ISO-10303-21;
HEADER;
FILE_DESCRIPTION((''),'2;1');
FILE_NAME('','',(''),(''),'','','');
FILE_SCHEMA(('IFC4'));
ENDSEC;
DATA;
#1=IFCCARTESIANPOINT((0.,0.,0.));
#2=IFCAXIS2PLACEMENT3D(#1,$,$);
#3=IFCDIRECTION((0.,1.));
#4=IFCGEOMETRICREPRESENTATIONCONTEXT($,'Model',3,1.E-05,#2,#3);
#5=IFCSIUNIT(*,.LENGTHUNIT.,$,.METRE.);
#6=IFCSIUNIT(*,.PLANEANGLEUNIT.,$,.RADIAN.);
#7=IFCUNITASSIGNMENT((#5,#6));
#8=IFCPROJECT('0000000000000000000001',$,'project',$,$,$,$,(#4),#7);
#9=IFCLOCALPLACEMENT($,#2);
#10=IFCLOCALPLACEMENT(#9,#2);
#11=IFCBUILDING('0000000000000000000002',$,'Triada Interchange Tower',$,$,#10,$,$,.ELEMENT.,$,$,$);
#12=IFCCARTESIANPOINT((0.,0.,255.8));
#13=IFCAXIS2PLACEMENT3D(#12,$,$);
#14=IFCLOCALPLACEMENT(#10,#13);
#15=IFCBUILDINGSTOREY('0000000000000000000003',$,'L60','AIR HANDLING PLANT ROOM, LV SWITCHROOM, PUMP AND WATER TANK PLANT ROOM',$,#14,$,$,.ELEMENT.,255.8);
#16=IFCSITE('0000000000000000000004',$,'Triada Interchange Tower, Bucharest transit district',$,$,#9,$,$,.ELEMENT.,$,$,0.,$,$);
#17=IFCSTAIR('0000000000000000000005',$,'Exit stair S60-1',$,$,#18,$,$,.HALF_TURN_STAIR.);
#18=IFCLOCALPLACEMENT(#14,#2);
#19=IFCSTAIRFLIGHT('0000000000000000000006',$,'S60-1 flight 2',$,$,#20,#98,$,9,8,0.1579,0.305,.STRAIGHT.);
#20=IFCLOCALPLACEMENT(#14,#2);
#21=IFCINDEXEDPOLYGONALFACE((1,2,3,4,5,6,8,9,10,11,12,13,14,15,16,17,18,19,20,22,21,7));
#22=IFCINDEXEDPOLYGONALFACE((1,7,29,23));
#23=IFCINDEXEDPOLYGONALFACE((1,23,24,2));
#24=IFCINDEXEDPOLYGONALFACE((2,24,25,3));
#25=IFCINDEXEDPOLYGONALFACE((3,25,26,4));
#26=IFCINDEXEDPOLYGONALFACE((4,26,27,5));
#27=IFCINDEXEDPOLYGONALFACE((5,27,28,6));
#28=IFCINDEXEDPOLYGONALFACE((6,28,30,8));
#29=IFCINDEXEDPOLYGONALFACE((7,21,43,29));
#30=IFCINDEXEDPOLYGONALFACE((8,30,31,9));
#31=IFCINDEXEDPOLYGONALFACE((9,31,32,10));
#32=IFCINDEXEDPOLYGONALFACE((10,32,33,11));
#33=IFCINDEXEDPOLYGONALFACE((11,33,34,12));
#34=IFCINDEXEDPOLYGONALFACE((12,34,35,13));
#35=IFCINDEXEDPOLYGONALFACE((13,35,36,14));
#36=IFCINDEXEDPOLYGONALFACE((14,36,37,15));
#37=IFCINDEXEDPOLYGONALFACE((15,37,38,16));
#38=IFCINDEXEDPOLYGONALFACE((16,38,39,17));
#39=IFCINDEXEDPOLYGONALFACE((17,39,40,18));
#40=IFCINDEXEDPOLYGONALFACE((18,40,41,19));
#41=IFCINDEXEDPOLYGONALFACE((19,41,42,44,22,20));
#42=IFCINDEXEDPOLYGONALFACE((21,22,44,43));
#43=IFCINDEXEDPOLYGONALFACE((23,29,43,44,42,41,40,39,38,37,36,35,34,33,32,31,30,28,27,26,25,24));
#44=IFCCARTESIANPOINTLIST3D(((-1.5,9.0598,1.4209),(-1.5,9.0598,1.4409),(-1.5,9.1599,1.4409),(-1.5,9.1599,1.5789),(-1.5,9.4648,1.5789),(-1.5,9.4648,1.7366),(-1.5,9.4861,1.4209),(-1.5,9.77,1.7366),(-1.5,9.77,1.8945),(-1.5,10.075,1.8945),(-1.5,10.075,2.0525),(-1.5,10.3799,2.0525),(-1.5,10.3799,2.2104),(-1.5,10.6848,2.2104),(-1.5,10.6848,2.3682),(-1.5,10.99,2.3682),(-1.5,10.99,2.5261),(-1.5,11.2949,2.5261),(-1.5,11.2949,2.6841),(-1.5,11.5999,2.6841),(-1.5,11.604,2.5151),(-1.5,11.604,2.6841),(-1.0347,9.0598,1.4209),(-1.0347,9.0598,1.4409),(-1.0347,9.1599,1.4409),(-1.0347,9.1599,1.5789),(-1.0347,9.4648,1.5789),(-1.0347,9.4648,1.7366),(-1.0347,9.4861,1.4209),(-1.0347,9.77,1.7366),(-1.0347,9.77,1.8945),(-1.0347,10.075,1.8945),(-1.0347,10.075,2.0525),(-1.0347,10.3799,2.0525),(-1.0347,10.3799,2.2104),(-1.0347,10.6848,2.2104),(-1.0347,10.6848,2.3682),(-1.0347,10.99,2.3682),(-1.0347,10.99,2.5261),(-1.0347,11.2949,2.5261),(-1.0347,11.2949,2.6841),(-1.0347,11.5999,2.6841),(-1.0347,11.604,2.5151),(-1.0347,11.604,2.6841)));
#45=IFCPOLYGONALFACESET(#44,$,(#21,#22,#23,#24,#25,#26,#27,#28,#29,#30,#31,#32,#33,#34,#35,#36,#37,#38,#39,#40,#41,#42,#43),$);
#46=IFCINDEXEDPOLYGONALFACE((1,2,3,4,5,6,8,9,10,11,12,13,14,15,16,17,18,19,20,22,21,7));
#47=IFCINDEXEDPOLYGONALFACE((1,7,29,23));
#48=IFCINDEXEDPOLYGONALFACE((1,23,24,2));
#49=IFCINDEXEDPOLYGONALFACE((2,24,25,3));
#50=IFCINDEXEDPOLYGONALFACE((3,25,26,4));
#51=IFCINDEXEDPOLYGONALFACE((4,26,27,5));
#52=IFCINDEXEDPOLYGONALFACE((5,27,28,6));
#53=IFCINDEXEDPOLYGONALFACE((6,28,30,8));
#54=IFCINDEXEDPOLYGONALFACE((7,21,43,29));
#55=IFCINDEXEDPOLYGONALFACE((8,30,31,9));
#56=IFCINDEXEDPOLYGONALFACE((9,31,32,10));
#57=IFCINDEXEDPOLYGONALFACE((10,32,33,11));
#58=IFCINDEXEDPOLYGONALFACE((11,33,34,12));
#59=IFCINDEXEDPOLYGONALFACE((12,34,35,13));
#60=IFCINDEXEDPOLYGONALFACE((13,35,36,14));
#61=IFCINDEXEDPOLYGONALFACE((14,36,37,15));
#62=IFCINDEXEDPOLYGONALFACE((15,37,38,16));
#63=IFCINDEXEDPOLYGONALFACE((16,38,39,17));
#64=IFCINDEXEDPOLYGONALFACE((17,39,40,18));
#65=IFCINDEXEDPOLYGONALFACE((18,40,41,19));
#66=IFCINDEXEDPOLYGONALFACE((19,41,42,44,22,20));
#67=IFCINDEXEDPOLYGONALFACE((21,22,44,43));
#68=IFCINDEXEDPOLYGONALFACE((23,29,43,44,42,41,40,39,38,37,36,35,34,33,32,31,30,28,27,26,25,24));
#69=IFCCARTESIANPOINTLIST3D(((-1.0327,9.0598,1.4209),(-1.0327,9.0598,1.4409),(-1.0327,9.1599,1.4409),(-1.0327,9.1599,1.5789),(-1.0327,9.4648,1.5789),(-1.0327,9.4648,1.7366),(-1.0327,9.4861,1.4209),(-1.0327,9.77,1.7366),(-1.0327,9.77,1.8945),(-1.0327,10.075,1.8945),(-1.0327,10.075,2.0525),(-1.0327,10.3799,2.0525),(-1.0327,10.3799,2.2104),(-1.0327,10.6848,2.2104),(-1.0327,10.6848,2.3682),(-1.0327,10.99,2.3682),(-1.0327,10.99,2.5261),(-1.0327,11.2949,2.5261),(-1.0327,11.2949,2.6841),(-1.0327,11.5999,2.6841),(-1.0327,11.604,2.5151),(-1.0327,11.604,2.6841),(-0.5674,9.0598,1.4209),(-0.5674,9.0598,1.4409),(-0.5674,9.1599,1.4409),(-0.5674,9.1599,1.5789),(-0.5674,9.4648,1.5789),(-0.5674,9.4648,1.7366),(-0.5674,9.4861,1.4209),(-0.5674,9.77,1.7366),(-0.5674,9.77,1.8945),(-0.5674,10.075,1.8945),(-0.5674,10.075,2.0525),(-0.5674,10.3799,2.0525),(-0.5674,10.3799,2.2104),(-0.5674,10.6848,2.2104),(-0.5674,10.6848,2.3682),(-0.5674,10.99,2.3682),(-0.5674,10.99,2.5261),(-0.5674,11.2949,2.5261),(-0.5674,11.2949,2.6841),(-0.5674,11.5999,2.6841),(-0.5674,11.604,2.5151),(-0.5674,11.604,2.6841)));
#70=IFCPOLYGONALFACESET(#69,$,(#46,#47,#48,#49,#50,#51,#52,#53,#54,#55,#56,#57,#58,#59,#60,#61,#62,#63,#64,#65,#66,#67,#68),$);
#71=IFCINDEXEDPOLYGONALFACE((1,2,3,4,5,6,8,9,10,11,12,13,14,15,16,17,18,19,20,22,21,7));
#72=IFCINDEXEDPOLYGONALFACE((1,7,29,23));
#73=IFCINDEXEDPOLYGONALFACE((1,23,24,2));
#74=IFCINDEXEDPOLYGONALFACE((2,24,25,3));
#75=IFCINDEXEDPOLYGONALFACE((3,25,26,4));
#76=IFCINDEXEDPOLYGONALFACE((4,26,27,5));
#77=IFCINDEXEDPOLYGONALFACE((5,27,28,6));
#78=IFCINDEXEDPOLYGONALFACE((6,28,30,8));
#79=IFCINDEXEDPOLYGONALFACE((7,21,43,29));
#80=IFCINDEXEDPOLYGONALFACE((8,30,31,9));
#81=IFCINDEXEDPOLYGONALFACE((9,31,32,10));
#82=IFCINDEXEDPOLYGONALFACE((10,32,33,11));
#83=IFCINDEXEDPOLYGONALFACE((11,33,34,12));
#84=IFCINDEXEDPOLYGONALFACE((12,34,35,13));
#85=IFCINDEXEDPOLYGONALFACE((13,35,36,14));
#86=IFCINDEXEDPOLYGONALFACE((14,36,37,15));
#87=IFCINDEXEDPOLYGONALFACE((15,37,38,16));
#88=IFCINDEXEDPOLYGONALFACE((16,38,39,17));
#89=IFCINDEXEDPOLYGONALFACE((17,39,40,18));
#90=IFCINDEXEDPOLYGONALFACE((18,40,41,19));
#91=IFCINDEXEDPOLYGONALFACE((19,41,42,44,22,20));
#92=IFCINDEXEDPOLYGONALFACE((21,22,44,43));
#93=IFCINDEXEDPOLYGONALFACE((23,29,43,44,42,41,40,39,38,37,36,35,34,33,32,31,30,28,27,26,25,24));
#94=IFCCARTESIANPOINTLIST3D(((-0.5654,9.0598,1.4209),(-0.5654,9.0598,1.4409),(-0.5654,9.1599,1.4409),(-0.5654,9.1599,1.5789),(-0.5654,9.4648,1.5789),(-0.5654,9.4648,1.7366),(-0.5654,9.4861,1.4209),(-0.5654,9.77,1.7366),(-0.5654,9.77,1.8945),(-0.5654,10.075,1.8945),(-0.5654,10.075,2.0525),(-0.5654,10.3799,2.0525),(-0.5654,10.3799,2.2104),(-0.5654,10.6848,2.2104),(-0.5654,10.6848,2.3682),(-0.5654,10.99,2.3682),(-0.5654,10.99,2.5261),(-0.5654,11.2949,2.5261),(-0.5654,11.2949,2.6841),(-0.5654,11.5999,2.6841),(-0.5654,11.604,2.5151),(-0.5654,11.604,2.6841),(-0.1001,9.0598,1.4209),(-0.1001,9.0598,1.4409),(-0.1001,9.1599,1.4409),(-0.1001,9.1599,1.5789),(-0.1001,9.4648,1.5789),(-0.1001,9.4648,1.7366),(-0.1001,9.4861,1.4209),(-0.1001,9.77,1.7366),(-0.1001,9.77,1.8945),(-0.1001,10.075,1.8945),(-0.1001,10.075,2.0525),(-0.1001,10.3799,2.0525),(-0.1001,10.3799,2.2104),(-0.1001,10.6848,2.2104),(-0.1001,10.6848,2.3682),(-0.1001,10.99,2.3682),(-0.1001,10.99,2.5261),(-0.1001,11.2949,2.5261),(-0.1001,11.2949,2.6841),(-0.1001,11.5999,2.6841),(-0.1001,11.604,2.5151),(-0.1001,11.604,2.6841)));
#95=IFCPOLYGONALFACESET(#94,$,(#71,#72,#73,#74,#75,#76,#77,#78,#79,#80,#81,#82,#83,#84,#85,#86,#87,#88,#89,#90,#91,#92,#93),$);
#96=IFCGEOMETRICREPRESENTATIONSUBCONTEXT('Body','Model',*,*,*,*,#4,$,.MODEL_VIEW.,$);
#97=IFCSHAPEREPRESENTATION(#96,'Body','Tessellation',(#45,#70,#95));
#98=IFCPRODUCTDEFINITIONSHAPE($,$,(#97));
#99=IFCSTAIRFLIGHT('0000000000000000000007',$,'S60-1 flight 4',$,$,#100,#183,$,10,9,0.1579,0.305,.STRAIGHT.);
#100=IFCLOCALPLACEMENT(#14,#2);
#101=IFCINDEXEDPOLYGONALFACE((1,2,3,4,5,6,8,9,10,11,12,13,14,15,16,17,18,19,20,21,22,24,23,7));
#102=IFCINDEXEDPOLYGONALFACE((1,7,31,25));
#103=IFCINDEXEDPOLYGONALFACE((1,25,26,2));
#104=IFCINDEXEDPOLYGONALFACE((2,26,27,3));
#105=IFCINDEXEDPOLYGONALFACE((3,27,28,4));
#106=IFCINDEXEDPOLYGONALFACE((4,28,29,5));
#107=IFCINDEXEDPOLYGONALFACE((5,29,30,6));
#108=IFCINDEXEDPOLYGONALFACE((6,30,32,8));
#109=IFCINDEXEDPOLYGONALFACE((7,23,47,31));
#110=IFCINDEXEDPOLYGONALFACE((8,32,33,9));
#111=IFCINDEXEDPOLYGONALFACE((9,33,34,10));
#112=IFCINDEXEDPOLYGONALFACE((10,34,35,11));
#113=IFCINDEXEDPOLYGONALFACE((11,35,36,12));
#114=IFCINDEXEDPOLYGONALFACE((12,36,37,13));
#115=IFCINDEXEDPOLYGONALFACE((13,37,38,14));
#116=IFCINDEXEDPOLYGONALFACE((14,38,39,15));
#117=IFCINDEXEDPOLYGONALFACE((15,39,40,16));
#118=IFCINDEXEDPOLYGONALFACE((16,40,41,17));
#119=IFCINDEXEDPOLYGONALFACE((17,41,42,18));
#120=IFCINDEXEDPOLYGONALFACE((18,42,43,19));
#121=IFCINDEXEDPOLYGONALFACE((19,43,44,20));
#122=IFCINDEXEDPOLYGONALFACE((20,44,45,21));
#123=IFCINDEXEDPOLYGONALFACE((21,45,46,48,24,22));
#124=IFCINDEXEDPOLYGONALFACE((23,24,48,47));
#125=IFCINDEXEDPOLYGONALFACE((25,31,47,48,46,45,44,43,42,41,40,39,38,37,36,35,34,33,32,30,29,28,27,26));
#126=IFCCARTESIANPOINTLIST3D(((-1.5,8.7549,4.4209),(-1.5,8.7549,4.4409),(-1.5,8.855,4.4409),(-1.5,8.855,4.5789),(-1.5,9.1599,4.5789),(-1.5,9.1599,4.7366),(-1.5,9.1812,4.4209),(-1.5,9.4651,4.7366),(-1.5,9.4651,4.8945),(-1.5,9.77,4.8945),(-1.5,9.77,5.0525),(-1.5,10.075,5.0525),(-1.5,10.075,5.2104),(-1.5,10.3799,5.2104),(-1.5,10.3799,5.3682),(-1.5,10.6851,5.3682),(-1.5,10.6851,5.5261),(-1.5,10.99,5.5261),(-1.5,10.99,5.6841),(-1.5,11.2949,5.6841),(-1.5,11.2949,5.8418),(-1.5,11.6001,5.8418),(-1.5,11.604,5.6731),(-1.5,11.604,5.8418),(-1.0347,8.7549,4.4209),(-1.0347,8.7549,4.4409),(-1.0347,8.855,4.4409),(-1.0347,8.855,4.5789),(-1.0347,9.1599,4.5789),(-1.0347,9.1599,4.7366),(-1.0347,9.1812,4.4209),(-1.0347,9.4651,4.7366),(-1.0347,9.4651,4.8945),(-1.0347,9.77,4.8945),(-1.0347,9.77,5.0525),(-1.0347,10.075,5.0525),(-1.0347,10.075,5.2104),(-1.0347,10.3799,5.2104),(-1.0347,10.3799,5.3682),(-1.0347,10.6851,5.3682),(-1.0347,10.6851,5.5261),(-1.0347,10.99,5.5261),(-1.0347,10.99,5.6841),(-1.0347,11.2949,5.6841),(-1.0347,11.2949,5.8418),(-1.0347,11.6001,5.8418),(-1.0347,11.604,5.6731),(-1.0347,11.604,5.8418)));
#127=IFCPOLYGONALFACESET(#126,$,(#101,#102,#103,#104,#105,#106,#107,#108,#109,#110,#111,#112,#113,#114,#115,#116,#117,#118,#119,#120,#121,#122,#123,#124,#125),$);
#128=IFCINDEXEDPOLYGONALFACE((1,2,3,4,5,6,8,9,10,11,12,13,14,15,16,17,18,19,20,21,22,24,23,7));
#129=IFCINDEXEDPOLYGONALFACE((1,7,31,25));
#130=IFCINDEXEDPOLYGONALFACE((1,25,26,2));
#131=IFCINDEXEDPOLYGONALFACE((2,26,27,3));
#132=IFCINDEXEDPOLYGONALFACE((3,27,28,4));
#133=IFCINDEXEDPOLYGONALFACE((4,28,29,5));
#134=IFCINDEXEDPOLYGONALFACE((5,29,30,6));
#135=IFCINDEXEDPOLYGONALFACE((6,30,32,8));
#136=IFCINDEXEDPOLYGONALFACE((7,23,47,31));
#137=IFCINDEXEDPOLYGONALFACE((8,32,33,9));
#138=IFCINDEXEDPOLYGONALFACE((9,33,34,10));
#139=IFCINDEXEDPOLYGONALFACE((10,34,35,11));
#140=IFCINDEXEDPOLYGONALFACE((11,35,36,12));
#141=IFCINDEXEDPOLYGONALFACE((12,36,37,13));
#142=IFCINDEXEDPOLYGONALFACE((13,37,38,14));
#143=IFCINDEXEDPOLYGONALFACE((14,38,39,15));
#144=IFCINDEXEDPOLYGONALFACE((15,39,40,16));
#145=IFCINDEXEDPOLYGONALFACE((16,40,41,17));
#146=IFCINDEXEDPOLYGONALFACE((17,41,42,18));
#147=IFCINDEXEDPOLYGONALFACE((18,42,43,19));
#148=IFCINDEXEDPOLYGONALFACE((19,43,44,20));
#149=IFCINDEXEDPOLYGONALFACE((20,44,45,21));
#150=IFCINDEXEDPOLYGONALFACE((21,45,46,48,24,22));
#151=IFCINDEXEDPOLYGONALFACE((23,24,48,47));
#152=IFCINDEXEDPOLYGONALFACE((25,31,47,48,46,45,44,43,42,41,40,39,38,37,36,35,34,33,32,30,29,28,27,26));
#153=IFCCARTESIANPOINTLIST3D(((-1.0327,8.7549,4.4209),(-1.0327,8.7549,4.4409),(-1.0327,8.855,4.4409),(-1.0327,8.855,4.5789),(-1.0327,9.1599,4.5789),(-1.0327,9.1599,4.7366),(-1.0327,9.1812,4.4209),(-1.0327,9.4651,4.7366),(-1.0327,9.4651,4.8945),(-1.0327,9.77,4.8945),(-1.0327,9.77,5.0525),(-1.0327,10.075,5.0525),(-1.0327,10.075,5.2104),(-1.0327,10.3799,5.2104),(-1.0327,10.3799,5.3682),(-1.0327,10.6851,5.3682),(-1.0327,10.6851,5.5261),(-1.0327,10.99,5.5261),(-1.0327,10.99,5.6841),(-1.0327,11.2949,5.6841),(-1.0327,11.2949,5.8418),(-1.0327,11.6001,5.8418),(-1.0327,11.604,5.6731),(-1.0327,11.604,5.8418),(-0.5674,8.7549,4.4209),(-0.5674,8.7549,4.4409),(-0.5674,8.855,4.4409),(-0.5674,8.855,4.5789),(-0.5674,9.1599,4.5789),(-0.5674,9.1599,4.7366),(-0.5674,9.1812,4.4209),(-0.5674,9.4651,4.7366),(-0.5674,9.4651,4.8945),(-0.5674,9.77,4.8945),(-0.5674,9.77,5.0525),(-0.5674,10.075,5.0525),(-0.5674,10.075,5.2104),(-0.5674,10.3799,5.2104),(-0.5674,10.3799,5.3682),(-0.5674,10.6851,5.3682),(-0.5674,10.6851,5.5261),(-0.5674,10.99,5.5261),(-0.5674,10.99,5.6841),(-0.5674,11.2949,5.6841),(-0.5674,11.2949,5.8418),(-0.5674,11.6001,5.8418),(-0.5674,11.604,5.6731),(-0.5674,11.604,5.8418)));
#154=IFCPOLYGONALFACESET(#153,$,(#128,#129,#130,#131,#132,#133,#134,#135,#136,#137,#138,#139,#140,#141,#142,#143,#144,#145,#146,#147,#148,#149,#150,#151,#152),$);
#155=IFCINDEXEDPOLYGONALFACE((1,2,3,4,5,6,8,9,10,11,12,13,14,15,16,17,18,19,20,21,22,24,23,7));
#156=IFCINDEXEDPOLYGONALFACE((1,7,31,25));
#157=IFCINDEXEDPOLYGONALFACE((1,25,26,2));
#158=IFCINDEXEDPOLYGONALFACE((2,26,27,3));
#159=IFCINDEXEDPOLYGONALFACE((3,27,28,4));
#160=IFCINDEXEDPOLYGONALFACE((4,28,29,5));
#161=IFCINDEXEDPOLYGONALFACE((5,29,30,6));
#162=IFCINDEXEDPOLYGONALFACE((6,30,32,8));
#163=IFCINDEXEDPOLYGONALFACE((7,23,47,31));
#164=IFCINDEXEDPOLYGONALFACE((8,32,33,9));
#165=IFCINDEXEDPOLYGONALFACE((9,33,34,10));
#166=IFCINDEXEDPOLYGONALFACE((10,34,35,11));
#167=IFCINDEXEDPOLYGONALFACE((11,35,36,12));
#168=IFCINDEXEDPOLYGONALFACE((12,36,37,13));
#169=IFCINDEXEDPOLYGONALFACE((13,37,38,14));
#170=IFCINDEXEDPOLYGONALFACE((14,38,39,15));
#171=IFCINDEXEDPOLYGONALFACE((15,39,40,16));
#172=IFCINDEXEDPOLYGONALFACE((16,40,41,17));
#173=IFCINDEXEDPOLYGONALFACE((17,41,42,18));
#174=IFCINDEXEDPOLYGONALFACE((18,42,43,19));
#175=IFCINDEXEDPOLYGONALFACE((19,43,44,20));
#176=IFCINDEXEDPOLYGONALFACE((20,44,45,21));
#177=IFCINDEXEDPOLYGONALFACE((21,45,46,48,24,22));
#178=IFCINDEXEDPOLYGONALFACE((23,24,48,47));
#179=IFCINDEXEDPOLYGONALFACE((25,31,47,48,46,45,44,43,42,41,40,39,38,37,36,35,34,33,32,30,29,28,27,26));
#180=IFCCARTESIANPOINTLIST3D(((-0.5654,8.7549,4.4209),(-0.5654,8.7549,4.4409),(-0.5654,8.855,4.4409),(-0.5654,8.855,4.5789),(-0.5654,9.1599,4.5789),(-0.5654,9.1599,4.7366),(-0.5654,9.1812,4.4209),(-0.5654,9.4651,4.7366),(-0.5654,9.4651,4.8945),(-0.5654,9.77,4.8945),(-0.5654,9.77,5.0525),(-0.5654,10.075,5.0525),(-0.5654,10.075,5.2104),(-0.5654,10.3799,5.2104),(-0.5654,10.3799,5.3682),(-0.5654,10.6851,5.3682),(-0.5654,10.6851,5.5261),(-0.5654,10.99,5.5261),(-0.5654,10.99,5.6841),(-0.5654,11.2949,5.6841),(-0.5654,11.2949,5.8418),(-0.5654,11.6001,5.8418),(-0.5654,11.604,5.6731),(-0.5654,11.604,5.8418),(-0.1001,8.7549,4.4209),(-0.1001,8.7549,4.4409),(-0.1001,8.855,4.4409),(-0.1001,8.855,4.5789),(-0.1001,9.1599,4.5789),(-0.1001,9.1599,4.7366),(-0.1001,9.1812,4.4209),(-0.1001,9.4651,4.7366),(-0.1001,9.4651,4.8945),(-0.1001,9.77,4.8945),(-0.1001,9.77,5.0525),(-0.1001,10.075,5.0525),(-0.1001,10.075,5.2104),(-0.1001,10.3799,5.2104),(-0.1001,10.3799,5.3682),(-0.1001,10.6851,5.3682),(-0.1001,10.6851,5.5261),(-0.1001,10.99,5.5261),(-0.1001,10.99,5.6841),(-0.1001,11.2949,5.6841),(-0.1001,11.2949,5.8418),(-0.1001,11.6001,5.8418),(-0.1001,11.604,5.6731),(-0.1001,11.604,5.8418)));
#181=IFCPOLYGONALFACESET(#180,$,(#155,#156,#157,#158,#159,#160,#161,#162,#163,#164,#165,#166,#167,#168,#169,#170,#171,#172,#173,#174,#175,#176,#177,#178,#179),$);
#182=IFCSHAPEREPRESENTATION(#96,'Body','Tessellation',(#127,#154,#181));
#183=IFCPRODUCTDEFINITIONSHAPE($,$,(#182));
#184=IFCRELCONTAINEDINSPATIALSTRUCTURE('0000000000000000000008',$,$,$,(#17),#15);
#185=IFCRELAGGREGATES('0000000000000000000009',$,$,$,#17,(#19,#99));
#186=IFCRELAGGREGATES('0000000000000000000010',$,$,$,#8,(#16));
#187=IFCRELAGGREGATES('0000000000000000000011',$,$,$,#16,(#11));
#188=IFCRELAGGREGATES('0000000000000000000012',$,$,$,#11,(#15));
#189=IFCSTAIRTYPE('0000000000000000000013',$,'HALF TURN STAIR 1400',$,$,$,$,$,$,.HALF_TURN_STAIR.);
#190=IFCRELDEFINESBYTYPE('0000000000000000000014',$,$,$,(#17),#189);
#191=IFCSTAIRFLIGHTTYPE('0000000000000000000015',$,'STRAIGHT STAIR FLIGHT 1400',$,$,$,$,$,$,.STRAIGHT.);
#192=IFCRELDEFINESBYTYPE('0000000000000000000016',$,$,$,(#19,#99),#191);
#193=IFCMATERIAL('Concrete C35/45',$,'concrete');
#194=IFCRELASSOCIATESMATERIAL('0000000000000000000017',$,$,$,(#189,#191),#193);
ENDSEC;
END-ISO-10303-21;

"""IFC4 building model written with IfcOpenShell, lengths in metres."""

from ifc_helpers import new_model, si_unit, direction, frame, origin, place, context, subcontext, project, spatial, polyline, outline, extrude, material, type_object, element, aggregate, save


model = new_model("IFC4")

# Units and contexts
model_context = context("Model", 3, precision=1e-05, world=origin(), true_north=direction((0.0, 1.0)))
body_context = subcontext(model_context, "Body", "Model", "MODEL_VIEW")
ifc_project = project(units=[si_unit("LENGTHUNIT", "METRE"), si_unit("PLANEANGLEUNIT", "RADIAN")], contexts=[model_context])

# Site, building, storey
site_placement = place(None, origin())
site = spatial("IfcSite", under=ifc_project, at=site_placement, Name="Triada Interchange Tower, Bucharest transit district", CompositionType="ELEMENT", RefElevation=0.0)
building_placement = place(site_placement, origin())
building = spatial("IfcBuilding", under=site, at=building_placement, Name="Triada Interchange Tower", CompositionType="ELEMENT")
storey_placement = place(building_placement, frame((0.0, 0.0, 255.8)))
storey = spatial("IfcBuildingStorey", under=building, at=storey_placement, Name="L60", Description="AIR HANDLING PLANT ROOM, LV SWITCHROOM, PUMP AND WATER TANK PLANT ROOM", CompositionType="ELEMENT", Elevation=255.8)

# Stair, stair flights
ifc_material_1 = material(Name="Concrete C35/45", Category="concrete")
stair_type = type_object("IfcStairType", Name="HALF TURN STAIR 1400", PredefinedType="HALF_TURN_STAIR", material=ifc_material_1)
stair_placement = place(storey_placement, origin())
stair = element("IfcStair", 1, at=stair_placement, inside=storey, type_object=stair_type, Name="Exit stair S60-1", PredefinedType="HALF_TURN_STAIR")
stair_flight_type = type_object("IfcStairFlightType", Name="STRAIGHT STAIR FLIGHT 1400", PredefinedType="STRAIGHT", material=ifc_material_1)
stair_flight_1_placement = place(storey_placement, frame((-0.8, 9.1599, 1.4209), z_axis=(0.0, 0.0, 1.0), x_axis=(0.0, 1.0, 0.0)))
stair_flight_1 = element("IfcStairFlight", 2, at=stair_flight_1_placement, type_object=stair_flight_type, Name="S60-1 flight 2", NumberOfRisers=9, NumberOfTreads=8, PredefinedType="STRAIGHT", RiserHeight=0.1579, TreadLength=0.305, context=body_context, shape_type="SweptSolid", body=[
    extrude(outline(polyline([(-0.1001, 0.0), (-0.1001, 0.02), (0.0, 0.02), (0.0, 0.158), (0.3049, 0.158), (0.3049, 0.3157), (0.6101, 0.3157), (0.6101, 0.4736), (0.915, 0.4736), (0.915, 0.6316), (1.22, 0.6316), (1.22, 0.7896), (1.5249, 0.7896), (1.5249, 0.9473), (1.8301, 0.9473), (1.8301, 1.1052), (2.135, 1.1052), (2.135, 1.2632), (2.4399, 1.2632), (2.4441, 1.2632), (2.4441, 1.4209), (2.4441, 1.0942), (0.3262, 0.0), (-0.1001, 0.0)])), frame((0.0, 0.7, 0.0), z_axis=(0.0, -1.0, 0.0), x_axis=(1.0, 0.0, 0.0)), (0.0, 0.0, 1.0), 0.4653),
    extrude(outline(polyline([(-0.1001, 0.0), (-0.1001, 0.02), (0.0, 0.02), (0.0, 0.158), (0.3049, 0.158), (0.3049, 0.3157), (0.6101, 0.3157), (0.6101, 0.4736), (0.915, 0.4736), (0.915, 0.6316), (1.22, 0.6316), (1.22, 0.7896), (1.5249, 0.7896), (1.5249, 0.9473), (1.8301, 0.9473), (1.8301, 1.1052), (2.135, 1.1052), (2.135, 1.2632), (2.4399, 1.2632), (2.4441, 1.2632), (2.4441, 1.4209), (2.4441, 1.0942), (0.3262, 0.0), (-0.1001, 0.0)])), frame((0.0, 0.2327, 0.0), z_axis=(0.0, -1.0, 0.0), x_axis=(1.0, 0.0, 0.0)), (0.0, 0.0, 1.0), 0.4653),
    extrude(outline(polyline([(-0.1001, 0.0), (-0.1001, 0.02), (0.0, 0.02), (0.0, 0.158), (0.3049, 0.158), (0.3049, 0.3157), (0.6101, 0.3157), (0.6101, 0.4736), (0.915, 0.4736), (0.915, 0.6316), (1.22, 0.6316), (1.22, 0.7896), (1.5249, 0.7896), (1.5249, 0.9473), (1.8301, 0.9473), (1.8301, 1.1052), (2.135, 1.1052), (2.135, 1.2632), (2.4399, 1.2632), (2.4441, 1.2632), (2.4441, 1.4209), (2.4441, 1.0942), (0.3262, 0.0), (-0.1001, 0.0)])), frame((0.0, -0.2346, 0.0), z_axis=(0.0, -1.0, 0.0), x_axis=(1.0, 0.0, 0.0)), (0.0, 0.0, 1.0), 0.4653),
])
stair_flight_2_placement = place(storey_placement, frame((-0.8, 8.855, 4.4209), z_axis=(0.0, 0.0, 1.0), x_axis=(0.0, 1.0, 0.0)))
stair_flight_2 = element("IfcStairFlight", 3, at=stair_flight_2_placement, type_object=stair_flight_type, Name="S60-1 flight 4", NumberOfRisers=10, NumberOfTreads=9, PredefinedType="STRAIGHT", RiserHeight=0.1579, TreadLength=0.305, context=body_context, shape_type="SweptSolid", body=[
    extrude(outline(polyline([(-0.1001, 0.0), (-0.1001, 0.02), (0.0, 0.02), (0.0, 0.158), (0.3049, 0.158), (0.3049, 0.3157), (0.6101, 0.3157), (0.6101, 0.4736), (0.915, 0.4736), (0.915, 0.6316), (1.22, 0.6316), (1.22, 0.7896), (1.5249, 0.7896), (1.5249, 0.9473), (1.8301, 0.9473), (1.8301, 1.1052), (2.135, 1.1052), (2.135, 1.2632), (2.4399, 1.2632), (2.4399, 1.4209), (2.7451, 1.4209), (2.749, 1.4209), (2.749, 1.5789), (2.749, 1.2522), (0.3262, 0.0), (-0.1001, 0.0)])), frame((0.0, 0.7, 0.0), z_axis=(0.0, -1.0, 0.0), x_axis=(1.0, 0.0, 0.0)), (0.0, 0.0, 1.0), 0.4653),
    extrude(outline(polyline([(-0.1001, 0.0), (-0.1001, 0.02), (0.0, 0.02), (0.0, 0.158), (0.3049, 0.158), (0.3049, 0.3157), (0.6101, 0.3157), (0.6101, 0.4736), (0.915, 0.4736), (0.915, 0.6316), (1.22, 0.6316), (1.22, 0.7896), (1.5249, 0.7896), (1.5249, 0.9473), (1.8301, 0.9473), (1.8301, 1.1052), (2.135, 1.1052), (2.135, 1.2632), (2.4399, 1.2632), (2.4399, 1.4209), (2.7451, 1.4209), (2.749, 1.4209), (2.749, 1.5789), (2.749, 1.2522), (0.3262, 0.0), (-0.1001, 0.0)])), frame((0.0, 0.2327, 0.0), z_axis=(0.0, -1.0, 0.0), x_axis=(1.0, 0.0, 0.0)), (0.0, 0.0, 1.0), 0.4653),
    extrude(outline(polyline([(-0.1001, 0.0), (-0.1001, 0.02), (0.0, 0.02), (0.0, 0.158), (0.3049, 0.158), (0.3049, 0.3157), (0.6101, 0.3157), (0.6101, 0.4736), (0.915, 0.4736), (0.915, 0.6316), (1.22, 0.6316), (1.22, 0.7896), (1.5249, 0.7896), (1.5249, 0.9473), (1.8301, 0.9473), (1.8301, 1.1052), (2.135, 1.1052), (2.135, 1.2632), (2.4399, 1.2632), (2.4399, 1.4209), (2.7451, 1.4209), (2.749, 1.4209), (2.749, 1.5789), (2.749, 1.2522), (0.3262, 0.0), (-0.1001, 0.0)])), frame((0.0, -0.2346, 0.0), z_axis=(0.0, -1.0, 0.0), x_axis=(1.0, 0.0, 0.0)), (0.0, 0.0, 1.0), 0.4653),
])
aggregate(stair, [stair_flight_1, stair_flight_2])

save(model, "model.ifc")
